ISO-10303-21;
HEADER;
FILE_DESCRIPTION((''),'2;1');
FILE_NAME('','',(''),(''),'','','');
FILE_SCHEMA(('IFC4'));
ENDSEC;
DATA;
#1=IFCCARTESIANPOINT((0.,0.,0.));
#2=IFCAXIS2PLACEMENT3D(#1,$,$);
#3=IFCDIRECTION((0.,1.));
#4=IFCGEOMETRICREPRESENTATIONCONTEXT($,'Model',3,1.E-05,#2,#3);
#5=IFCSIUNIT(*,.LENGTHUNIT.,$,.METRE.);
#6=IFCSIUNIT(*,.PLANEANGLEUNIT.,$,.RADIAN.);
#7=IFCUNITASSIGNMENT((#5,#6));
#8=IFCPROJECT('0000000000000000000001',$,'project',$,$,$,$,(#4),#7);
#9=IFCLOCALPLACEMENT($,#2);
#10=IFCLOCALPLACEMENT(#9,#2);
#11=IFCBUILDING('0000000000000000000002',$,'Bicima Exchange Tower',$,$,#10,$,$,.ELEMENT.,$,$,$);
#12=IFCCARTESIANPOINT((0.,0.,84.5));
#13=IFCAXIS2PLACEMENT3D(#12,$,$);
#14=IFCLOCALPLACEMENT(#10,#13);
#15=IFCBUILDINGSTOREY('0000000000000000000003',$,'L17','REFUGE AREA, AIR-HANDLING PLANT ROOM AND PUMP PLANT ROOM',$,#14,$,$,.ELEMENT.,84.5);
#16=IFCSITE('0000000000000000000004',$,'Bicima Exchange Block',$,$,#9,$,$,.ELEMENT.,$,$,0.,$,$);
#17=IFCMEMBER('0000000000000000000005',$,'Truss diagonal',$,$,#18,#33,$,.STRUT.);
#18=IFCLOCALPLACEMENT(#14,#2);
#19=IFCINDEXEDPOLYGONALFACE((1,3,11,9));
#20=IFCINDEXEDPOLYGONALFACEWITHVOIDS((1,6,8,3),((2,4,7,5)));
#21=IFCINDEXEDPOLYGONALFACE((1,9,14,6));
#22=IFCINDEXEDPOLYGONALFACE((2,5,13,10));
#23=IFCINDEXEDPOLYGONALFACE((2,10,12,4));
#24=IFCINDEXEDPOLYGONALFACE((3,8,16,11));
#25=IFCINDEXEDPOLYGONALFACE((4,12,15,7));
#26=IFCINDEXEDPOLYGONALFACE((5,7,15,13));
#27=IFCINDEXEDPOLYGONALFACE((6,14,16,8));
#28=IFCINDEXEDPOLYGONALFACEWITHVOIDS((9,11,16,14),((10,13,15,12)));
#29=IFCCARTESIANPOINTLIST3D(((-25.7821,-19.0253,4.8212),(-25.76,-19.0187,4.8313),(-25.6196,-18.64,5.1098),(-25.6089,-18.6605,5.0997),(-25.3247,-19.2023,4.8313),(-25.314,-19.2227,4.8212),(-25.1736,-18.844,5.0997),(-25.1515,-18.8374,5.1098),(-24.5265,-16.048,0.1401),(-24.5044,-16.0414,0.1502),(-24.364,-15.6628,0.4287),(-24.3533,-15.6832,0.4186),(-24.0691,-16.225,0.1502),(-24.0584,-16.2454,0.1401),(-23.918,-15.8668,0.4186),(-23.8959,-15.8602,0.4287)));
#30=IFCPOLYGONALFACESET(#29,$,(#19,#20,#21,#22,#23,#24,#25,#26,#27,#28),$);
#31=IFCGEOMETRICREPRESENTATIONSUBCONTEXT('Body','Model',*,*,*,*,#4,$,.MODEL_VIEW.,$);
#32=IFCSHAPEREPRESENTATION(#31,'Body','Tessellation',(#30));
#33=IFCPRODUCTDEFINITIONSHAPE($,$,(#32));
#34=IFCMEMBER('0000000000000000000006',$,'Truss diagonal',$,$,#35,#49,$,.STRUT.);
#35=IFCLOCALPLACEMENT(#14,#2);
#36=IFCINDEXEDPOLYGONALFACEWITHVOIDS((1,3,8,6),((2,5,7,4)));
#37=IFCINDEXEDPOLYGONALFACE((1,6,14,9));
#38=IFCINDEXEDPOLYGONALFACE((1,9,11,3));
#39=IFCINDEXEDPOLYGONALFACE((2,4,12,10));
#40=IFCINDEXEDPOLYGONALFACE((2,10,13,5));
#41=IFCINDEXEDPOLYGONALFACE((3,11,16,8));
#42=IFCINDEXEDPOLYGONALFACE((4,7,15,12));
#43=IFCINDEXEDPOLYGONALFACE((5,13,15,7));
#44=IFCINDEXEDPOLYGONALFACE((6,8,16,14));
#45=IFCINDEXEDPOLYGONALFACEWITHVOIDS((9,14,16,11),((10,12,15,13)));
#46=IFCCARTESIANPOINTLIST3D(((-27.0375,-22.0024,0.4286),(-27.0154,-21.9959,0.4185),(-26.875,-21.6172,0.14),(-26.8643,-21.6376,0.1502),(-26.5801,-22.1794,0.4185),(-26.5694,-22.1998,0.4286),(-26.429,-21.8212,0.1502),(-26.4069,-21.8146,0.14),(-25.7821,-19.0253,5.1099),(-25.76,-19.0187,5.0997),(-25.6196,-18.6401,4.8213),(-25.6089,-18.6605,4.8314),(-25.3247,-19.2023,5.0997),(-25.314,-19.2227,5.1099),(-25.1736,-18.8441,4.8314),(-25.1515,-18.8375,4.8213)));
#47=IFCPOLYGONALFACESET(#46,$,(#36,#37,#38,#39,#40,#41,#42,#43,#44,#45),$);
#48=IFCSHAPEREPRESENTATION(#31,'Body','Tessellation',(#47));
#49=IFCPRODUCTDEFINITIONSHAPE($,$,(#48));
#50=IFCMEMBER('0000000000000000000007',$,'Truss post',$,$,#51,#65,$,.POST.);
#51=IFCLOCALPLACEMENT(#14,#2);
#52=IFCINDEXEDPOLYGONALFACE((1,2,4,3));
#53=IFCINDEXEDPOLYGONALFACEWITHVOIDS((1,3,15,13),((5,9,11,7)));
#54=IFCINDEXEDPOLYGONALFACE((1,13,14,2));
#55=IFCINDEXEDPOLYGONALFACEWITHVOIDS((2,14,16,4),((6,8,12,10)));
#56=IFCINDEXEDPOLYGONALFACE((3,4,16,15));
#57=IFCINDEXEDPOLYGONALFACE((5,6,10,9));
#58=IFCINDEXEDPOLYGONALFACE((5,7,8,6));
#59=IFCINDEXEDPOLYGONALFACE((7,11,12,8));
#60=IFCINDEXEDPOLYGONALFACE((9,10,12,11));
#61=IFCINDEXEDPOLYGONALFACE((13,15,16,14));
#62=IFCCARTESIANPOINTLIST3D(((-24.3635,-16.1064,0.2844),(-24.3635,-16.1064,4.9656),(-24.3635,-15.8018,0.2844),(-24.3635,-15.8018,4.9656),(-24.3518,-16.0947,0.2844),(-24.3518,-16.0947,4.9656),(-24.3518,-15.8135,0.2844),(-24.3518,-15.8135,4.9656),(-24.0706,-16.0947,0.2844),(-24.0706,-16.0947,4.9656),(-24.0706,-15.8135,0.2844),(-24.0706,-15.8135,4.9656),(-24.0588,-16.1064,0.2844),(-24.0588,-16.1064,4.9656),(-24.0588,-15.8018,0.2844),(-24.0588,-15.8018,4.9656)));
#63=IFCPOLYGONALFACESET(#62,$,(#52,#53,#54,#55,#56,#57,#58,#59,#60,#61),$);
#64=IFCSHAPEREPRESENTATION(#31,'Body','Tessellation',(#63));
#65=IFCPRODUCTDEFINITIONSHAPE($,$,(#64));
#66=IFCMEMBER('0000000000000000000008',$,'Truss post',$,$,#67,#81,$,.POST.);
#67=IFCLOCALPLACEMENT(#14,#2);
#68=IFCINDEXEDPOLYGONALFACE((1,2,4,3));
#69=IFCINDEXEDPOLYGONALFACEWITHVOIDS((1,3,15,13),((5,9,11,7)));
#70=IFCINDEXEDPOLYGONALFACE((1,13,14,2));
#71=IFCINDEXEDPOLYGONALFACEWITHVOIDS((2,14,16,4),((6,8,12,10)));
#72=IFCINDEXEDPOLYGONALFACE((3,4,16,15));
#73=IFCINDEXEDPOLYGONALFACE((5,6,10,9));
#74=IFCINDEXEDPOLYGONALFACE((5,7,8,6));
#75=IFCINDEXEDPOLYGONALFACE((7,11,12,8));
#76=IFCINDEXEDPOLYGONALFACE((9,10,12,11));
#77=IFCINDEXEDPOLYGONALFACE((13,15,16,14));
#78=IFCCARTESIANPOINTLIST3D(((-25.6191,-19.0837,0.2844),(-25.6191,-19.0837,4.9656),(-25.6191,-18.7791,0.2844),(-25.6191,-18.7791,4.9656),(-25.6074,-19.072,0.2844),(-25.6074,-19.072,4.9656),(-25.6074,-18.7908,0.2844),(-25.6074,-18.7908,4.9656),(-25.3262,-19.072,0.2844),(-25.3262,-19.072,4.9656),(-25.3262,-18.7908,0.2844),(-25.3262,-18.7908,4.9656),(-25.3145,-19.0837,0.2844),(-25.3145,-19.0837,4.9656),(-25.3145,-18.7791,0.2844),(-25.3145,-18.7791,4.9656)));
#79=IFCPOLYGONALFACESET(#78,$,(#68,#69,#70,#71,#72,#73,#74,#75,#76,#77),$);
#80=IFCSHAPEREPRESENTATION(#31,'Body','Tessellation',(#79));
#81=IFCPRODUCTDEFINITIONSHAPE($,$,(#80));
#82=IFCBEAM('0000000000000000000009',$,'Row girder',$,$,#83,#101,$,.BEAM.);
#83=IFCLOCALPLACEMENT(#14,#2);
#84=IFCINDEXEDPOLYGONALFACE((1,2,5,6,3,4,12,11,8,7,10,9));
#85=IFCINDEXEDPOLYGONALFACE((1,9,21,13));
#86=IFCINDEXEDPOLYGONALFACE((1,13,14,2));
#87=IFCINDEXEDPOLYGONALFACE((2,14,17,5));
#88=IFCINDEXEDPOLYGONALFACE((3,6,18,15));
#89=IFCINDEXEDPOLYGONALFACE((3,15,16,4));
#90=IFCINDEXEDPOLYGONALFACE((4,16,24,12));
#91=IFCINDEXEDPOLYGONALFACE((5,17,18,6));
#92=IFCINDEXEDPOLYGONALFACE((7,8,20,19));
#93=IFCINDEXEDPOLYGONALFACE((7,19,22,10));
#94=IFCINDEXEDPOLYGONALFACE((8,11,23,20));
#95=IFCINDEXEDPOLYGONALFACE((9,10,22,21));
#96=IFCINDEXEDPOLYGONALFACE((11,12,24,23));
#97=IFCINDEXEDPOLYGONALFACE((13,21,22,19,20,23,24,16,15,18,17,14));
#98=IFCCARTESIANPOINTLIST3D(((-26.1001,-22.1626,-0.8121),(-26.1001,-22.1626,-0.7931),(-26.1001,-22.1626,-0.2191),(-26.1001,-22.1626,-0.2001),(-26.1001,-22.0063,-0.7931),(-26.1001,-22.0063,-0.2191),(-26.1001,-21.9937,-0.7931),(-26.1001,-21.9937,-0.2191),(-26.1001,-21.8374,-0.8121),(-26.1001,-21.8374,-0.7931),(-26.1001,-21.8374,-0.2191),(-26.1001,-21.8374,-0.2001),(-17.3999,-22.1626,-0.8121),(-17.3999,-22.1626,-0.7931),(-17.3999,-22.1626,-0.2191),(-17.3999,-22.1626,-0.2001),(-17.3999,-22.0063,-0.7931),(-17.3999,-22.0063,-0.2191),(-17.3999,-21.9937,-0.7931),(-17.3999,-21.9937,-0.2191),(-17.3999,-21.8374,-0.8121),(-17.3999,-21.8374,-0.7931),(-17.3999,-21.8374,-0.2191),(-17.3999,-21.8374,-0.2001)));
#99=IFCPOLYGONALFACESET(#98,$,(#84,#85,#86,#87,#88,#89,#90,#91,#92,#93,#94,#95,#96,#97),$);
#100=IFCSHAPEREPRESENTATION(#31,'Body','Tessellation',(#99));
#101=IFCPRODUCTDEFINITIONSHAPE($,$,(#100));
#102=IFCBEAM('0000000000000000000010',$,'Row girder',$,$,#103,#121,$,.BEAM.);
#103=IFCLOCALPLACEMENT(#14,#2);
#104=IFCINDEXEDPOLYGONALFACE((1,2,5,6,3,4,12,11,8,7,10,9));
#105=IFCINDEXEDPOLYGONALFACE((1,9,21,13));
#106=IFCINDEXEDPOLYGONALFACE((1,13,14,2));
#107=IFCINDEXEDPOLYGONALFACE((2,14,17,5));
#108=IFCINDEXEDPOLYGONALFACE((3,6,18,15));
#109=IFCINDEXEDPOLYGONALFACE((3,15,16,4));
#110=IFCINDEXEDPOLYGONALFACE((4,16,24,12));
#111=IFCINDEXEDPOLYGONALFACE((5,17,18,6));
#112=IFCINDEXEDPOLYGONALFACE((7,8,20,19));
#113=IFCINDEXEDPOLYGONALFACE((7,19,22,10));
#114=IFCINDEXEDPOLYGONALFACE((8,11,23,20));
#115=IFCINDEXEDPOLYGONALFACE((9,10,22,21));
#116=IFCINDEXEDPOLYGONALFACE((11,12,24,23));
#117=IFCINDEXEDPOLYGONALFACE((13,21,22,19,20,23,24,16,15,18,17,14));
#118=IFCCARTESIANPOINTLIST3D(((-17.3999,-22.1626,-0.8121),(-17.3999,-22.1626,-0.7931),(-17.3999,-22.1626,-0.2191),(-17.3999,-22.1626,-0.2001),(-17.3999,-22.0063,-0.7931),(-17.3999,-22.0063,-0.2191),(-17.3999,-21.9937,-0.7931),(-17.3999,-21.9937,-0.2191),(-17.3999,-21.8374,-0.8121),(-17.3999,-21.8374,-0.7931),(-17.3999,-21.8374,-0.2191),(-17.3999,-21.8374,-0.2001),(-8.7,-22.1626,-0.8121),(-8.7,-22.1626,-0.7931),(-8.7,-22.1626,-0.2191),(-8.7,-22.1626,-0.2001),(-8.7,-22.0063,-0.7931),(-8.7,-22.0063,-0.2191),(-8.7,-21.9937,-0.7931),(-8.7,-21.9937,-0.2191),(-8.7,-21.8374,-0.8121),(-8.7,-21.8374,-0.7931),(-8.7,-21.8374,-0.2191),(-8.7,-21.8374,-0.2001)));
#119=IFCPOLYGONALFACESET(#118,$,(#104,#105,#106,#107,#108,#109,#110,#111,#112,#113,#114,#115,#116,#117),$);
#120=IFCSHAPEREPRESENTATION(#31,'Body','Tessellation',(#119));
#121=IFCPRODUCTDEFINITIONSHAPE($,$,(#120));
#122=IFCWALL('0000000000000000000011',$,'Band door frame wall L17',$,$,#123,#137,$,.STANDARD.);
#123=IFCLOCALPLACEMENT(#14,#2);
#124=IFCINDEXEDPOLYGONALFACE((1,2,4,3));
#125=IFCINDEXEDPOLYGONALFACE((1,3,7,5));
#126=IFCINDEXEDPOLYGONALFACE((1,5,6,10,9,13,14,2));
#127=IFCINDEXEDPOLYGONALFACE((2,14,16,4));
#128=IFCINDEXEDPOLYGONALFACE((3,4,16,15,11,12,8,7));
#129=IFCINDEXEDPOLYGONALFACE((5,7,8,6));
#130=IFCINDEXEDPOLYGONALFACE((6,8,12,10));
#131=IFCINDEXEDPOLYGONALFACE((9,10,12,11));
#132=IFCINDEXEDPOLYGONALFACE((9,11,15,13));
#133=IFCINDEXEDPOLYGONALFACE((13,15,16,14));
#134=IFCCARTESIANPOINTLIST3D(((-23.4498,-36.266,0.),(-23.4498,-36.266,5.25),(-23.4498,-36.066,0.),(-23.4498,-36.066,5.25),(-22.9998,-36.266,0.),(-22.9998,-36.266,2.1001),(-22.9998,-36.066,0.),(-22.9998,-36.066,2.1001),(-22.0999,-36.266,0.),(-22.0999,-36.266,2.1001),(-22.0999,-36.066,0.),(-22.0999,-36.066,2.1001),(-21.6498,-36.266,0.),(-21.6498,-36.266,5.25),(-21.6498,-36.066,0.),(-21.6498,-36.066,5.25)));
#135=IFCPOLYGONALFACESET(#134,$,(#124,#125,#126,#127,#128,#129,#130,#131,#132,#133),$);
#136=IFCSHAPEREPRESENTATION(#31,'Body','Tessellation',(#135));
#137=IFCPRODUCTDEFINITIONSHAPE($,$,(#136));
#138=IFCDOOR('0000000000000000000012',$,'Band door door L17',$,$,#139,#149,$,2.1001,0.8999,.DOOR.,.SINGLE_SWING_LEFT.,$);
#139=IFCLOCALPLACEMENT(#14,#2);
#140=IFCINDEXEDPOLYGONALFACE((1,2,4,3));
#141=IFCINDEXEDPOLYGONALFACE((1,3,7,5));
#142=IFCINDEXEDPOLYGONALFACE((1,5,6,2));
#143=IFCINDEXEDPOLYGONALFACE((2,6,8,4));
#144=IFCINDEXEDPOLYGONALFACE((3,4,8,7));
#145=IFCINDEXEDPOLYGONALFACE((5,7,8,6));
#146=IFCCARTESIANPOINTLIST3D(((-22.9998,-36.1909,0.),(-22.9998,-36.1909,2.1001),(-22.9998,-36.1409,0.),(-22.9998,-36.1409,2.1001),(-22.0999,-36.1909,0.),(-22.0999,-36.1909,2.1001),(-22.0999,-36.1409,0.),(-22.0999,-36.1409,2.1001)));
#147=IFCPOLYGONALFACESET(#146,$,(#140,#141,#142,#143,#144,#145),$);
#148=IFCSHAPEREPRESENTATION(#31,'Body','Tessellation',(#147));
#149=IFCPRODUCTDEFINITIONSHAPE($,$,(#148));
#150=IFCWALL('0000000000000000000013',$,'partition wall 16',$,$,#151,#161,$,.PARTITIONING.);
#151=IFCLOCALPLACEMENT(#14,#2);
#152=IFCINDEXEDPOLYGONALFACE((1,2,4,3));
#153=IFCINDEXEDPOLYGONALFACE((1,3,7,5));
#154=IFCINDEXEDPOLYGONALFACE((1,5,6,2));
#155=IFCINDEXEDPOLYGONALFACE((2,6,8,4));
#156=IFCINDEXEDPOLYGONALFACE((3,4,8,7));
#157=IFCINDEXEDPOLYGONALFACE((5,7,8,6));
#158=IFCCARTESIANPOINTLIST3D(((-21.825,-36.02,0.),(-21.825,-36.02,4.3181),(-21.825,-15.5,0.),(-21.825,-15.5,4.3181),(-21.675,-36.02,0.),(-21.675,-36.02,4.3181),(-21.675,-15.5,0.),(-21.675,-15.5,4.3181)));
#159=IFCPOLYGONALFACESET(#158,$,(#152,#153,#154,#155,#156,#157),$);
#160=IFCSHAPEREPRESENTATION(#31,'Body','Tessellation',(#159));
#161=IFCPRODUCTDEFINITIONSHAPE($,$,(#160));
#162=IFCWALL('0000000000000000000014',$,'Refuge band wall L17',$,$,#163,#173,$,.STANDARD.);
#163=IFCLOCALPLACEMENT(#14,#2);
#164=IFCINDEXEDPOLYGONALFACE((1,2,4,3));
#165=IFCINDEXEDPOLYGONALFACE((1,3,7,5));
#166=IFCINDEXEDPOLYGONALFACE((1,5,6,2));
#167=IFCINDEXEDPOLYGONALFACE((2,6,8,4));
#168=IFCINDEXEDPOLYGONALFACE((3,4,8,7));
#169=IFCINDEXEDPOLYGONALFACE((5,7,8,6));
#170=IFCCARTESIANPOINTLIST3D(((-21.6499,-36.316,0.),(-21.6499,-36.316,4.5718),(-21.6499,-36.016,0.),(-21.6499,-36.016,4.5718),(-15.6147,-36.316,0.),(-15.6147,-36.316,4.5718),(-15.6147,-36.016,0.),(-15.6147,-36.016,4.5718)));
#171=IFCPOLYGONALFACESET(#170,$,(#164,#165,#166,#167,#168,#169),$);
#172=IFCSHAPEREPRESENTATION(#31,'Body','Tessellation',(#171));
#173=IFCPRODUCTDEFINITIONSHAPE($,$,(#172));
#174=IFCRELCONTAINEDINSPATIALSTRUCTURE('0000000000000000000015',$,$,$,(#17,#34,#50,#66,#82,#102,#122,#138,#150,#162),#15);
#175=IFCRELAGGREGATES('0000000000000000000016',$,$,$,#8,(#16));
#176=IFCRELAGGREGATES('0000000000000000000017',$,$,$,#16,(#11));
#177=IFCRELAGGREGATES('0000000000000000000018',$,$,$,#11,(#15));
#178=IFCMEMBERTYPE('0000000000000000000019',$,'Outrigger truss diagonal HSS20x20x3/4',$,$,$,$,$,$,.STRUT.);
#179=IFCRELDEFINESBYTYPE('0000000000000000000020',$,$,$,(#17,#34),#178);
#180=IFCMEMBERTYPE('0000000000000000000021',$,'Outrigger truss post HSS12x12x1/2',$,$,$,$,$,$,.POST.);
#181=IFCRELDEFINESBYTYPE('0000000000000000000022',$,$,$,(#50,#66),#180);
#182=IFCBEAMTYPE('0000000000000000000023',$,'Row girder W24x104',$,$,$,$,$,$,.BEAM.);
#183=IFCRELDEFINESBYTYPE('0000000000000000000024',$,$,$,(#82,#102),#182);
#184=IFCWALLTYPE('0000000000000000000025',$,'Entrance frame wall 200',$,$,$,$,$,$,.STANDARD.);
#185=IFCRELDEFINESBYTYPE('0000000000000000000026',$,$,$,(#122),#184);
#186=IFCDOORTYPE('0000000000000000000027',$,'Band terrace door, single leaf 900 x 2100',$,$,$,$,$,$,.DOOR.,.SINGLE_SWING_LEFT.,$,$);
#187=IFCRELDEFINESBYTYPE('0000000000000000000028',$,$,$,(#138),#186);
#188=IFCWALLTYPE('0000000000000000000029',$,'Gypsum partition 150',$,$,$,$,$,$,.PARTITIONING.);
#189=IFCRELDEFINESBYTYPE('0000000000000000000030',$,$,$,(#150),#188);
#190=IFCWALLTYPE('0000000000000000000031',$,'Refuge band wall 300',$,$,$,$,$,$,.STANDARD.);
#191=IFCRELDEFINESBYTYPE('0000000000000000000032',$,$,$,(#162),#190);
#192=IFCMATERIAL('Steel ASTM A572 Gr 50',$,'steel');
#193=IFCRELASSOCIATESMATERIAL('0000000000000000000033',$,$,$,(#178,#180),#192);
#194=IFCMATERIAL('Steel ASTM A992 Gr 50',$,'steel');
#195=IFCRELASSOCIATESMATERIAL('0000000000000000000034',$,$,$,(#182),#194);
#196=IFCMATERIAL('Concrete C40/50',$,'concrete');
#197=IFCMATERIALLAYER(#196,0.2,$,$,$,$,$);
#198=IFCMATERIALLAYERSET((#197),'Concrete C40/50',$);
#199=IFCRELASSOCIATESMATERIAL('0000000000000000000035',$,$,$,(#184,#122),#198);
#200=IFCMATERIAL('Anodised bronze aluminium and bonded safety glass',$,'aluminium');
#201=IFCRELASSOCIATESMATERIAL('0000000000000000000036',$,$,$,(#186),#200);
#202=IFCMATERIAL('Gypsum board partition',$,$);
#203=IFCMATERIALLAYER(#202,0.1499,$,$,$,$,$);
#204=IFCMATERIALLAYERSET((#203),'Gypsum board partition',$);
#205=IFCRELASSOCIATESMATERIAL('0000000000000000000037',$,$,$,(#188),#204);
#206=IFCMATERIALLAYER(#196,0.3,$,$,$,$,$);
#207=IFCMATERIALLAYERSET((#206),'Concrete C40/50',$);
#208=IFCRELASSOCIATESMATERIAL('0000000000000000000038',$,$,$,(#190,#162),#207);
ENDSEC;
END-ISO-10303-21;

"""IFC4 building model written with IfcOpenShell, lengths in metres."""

from ifc_helpers import new_model, si_unit, direction, frame, frame_2d, origin, origin_2d, place, context, subcontext, project, spatial, rectangle, hollow_rectangle, i_section, extrude, material, layer, layer_set, layer_usage, material_profile, profile_set, type_object, element, fill, save


model = new_model("IFC4")

# Units and contexts
model_context = context("Model", 3, precision=1e-05, world=origin(), true_north=direction((0.0, 1.0)))
body_context = subcontext(model_context, "Body", "Model", "MODEL_VIEW")
ifc_project = project(units=[si_unit("LENGTHUNIT", "METRE"), si_unit("PLANEANGLEUNIT", "RADIAN")], contexts=[model_context])

# Site, building, storey
site_placement = place(None, origin())
site = spatial("IfcSite", under=ifc_project, at=site_placement, Name="Bicima Exchange Block", CompositionType="ELEMENT", RefElevation=0.0)
building_placement = place(site_placement, origin())
building = spatial("IfcBuilding", under=site, at=building_placement, Name="Bicima Exchange Tower", CompositionType="ELEMENT")
storey_placement = place(building_placement, frame((0.0, 0.0, 84.5)))
storey = spatial("IfcBuildingStorey", under=building, at=storey_placement, Name="L17", Description="REFUGE AREA, AIR-HANDLING PLANT ROOM AND PUMP PLANT ROOM", CompositionType="ELEMENT", Elevation=84.5)

# Shared definitions
ifc_material_1 = material(Name="Steel ASTM A992 Gr 50", Category="steel")

# Members
ifc_material_2 = material(Name="Steel ASTM A572 Gr 50", Category="steel")
ifc_material_profile_1 = material_profile(ifc_material_2, hollow_rectangle(XDim=0.5081, YDim=0.5081, WallThickness=0.0178, at=origin_2d()))
ifc_profile_set_1 = profile_set([ifc_material_profile_1], Name="Steel ASTM A572 Gr 50")
member_type_1 = type_object("IfcMemberType", Name="Outrigger truss diagonal HSS20x20x3/4", PredefinedType="STRUT", material=ifc_profile_set_1)
for number, where, z_axis, x_axis, name in (
    (1, (-24.2112, -15.9541, 0.2844), (-0.220746, -0.523429, 0.822979), (0.921412, -0.388587, 0.0), "Truss diagonal"),
    (2, (-25.4668, -18.9314, 4.9656), (-0.22071, -0.523403, -0.823005), (0.921428, -0.38855, 0.0), "Truss diagonal"),
):
    element("IfcMember", number, at=place(storey_placement, frame(where, z_axis=z_axis, x_axis=x_axis)), inside=storey, type_object=member_type_1, Name=name, PredefinedType="STRUT", context=body_context, shape_type="SweptSolid", body=[
        extrude(hollow_rectangle(XDim=0.5081, YDim=0.5081, WallThickness=0.0178, at=origin_2d()), origin(), (0.0, 0.0, 1.0), 5.688),
    ])
ifc_material_profile_2 = material_profile(ifc_material_2, hollow_rectangle(XDim=0.3047, YDim=0.3047, WallThickness=0.0117, at=origin_2d()))
ifc_profile_set_2 = profile_set([ifc_material_profile_2], Name="Steel ASTM A572 Gr 50")
member_type_2 = type_object("IfcMemberType", Name="Outrigger truss post HSS12x12x1/2", PredefinedType="POST", material=ifc_profile_set_2)
for number, where, z_axis, x_axis, name in (
    (3, (-24.2112, -15.9541, 0.2844), (0.0, 0.0, 1.0), (1.0, 0.0, 0.0), "Truss post"),
    (4, (-25.4668, -18.9314, 0.2844), (0.0, 0.0, 1.0), (1.0, 0.0, 0.0), "Truss post"),
):
    element("IfcMember", number, at=place(storey_placement, frame(where, z_axis=z_axis, x_axis=x_axis)), inside=storey, type_object=member_type_2, Name=name, PredefinedType="POST", context=body_context, shape_type="SweptSolid", body=[
        extrude(hollow_rectangle(XDim=0.3047, YDim=0.3047, WallThickness=0.0117, at=origin_2d()), origin(), (0.0, 0.0, 1.0), 4.6812),
    ])

# Beams
ifc_material_profile_3 = material_profile(ifc_material_1, i_section(OverallWidth=0.3252, OverallDepth=0.6121, WebThickness=0.0127, FlangeThickness=0.019, at=origin_2d()))
ifc_profile_set_3 = profile_set([ifc_material_profile_3], Name="Steel ASTM A992 Gr 50")
beam_type_1 = type_object("IfcBeamType", Name="Row girder W24x104", PredefinedType="BEAM", material=ifc_profile_set_3)
beam_1_placement = place(storey_placement, frame((-26.1001, -22.0, -0.5061), z_axis=(1.0, 0.0, 0.0), x_axis=(0.0, 1.0, 0.0)))
element("IfcBeam", 5, at=beam_1_placement, inside=storey, type_object=beam_type_1, Name="Row girder", PredefinedType="BEAM", context=body_context, shape_type="SweptSolid", body=[
    extrude(i_section(OverallWidth=0.3252, OverallDepth=0.6121, WebThickness=0.0127, FlangeThickness=0.019, at=origin_2d()), origin(), (0.0, 0.0, 1.0), 8.7002),
])
beam_2_placement = place(storey_placement, frame((-17.3999, -22.0, -0.5061), z_axis=(1.0, 0.0, 0.0), x_axis=(0.0, 1.0, 0.0)))
element("IfcBeam", 6, at=beam_2_placement, inside=storey, type_object=beam_type_1, Name="Row girder", PredefinedType="BEAM", context=body_context, shape_type="SweptSolid", body=[
    extrude(i_section(OverallWidth=0.3252, OverallDepth=0.6121, WebThickness=0.0127, FlangeThickness=0.019, at=origin_2d()), origin(), (0.0, 0.0, 1.0), 8.7),
])

# Wall, opening, door
ifc_material_3 = material(Name="Concrete C40/50", Category="concrete")
ifc_layer_1 = layer(ifc_material_3, 0.2)
ifc_layer_set_1 = layer_set([ifc_layer_1], Name="Concrete C40/50")
ifc_layer_usage_1 = layer_usage(ifc_layer_set_1, "AXIS2", "POSITIVE", -0.1)
wall_type_1 = type_object("IfcWallType", Name="Entrance frame wall 200", PredefinedType="STANDARD", material=ifc_layer_set_1)
wall_1_placement = place(storey_placement, frame((-21.6499, -36.166, 0.0), z_axis=(0.0, 0.0, 1.0), x_axis=(-1.0, 0.0, 0.0)))
wall_1 = element("IfcWall", 7, at=wall_1_placement, inside=storey, type_object=wall_type_1, material=ifc_layer_usage_1, Name="Band door frame wall L17", PredefinedType="STANDARD", context=body_context, shape_type="SweptSolid", body=[
    extrude(rectangle(XDim=1.8, YDim=0.2, at=frame_2d((0.8999, 0.0))), origin(), (0.0, 0.0, 1.0), 5.25),
])
opening_placement = place(wall_1_placement, frame((0.45, 0.0, 0.0)))
opening = element("IfcOpeningElement", 8, at=opening_placement, cuts=wall_1, PredefinedType="OPENING", context=body_context, shape_type="SweptSolid", body=[
    extrude(rectangle(XDim=0.8999, YDim=2.1001, at=frame_2d((0.45, 1.05))), frame((0.0, 0.1118, 0.0), z_axis=(0.0, -1.0, 0.0), x_axis=(1.0, 0.0, 0.0)), (0.0, 0.0, 1.0), 0.2239),
])
ifc_material_4 = material(Name="Anodised bronze aluminium and bonded safety glass", Category="aluminium")
door_type = type_object("IfcDoorType", Name="Band terrace door, single leaf 900 x 2100", OperationType="SINGLE_SWING_LEFT", PredefinedType="DOOR", material=ifc_material_4)
door_placement = place(opening_placement, origin())
door = element("IfcDoor", 9, at=door_placement, inside=storey, type_object=door_type, Name="Band door door L17", OperationType="SINGLE_SWING_LEFT", OverallHeight=2.1001, OverallWidth=0.8999, PredefinedType="DOOR", context=body_context, shape_type="SweptSolid", body=[
    extrude(rectangle(XDim=0.8999, YDim=2.1001, at=frame_2d((0.45, 1.05))), frame((0.0, 0.0249, 0.0), z_axis=(0.0, -1.0, 0.0), x_axis=(1.0, 0.0, 0.0)), (0.0, 0.0, 1.0), 0.05),
])
fill(opening, door)

# Walls
ifc_material_5 = material(Name="Gypsum board partition")
ifc_layer_2 = layer(ifc_material_5, 0.1499)
ifc_layer_set_2 = layer_set([ifc_layer_2], Name="Gypsum board partition")
wall_type_2 = type_object("IfcWallType", Name="Gypsum partition 150", PredefinedType="PARTITIONING", material=ifc_layer_set_2)
wall_2_placement = place(storey_placement, frame((-21.75, -36.02, 0.0), z_axis=(0.0, 0.0, 1.0), x_axis=(0.0, 1.0, 0.0)))
element("IfcWall", 10, at=wall_2_placement, inside=storey, type_object=wall_type_2, Name="partition wall 16", PredefinedType="PARTITIONING", context=body_context, shape_type="SweptSolid", body=[
    extrude(rectangle(XDim=20.52, YDim=0.1499, at=frame_2d((10.26, 0.0))), origin(), (0.0, 0.0, 1.0), 4.3181),
])
ifc_layer_3 = layer(ifc_material_3, 0.3)
ifc_layer_set_3 = layer_set([ifc_layer_3], Name="Concrete C40/50")
ifc_layer_usage_2 = layer_usage(ifc_layer_set_3, "AXIS2", "POSITIVE", -0.15)
wall_type_3 = type_object("IfcWallType", Name="Refuge band wall 300", PredefinedType="STANDARD", material=ifc_layer_set_3)
wall_3_placement = place(storey_placement, frame((-21.6499, -36.166, 0.0), z_axis=(0.0, 0.0, 1.0), x_axis=(1.0, 0.0, 0.0)))
element("IfcWall", 11, at=wall_3_placement, inside=storey, type_object=wall_type_3, material=ifc_layer_usage_2, Name="Refuge band wall L17", PredefinedType="STANDARD", context=body_context, shape_type="SweptSolid", body=[
    extrude(rectangle(XDim=6.0352, YDim=0.3, at=frame_2d((3.0176, 0.0))), origin(), (0.0, 0.0, 1.0), 4.5718),
])

save(model, "model.ifc")
